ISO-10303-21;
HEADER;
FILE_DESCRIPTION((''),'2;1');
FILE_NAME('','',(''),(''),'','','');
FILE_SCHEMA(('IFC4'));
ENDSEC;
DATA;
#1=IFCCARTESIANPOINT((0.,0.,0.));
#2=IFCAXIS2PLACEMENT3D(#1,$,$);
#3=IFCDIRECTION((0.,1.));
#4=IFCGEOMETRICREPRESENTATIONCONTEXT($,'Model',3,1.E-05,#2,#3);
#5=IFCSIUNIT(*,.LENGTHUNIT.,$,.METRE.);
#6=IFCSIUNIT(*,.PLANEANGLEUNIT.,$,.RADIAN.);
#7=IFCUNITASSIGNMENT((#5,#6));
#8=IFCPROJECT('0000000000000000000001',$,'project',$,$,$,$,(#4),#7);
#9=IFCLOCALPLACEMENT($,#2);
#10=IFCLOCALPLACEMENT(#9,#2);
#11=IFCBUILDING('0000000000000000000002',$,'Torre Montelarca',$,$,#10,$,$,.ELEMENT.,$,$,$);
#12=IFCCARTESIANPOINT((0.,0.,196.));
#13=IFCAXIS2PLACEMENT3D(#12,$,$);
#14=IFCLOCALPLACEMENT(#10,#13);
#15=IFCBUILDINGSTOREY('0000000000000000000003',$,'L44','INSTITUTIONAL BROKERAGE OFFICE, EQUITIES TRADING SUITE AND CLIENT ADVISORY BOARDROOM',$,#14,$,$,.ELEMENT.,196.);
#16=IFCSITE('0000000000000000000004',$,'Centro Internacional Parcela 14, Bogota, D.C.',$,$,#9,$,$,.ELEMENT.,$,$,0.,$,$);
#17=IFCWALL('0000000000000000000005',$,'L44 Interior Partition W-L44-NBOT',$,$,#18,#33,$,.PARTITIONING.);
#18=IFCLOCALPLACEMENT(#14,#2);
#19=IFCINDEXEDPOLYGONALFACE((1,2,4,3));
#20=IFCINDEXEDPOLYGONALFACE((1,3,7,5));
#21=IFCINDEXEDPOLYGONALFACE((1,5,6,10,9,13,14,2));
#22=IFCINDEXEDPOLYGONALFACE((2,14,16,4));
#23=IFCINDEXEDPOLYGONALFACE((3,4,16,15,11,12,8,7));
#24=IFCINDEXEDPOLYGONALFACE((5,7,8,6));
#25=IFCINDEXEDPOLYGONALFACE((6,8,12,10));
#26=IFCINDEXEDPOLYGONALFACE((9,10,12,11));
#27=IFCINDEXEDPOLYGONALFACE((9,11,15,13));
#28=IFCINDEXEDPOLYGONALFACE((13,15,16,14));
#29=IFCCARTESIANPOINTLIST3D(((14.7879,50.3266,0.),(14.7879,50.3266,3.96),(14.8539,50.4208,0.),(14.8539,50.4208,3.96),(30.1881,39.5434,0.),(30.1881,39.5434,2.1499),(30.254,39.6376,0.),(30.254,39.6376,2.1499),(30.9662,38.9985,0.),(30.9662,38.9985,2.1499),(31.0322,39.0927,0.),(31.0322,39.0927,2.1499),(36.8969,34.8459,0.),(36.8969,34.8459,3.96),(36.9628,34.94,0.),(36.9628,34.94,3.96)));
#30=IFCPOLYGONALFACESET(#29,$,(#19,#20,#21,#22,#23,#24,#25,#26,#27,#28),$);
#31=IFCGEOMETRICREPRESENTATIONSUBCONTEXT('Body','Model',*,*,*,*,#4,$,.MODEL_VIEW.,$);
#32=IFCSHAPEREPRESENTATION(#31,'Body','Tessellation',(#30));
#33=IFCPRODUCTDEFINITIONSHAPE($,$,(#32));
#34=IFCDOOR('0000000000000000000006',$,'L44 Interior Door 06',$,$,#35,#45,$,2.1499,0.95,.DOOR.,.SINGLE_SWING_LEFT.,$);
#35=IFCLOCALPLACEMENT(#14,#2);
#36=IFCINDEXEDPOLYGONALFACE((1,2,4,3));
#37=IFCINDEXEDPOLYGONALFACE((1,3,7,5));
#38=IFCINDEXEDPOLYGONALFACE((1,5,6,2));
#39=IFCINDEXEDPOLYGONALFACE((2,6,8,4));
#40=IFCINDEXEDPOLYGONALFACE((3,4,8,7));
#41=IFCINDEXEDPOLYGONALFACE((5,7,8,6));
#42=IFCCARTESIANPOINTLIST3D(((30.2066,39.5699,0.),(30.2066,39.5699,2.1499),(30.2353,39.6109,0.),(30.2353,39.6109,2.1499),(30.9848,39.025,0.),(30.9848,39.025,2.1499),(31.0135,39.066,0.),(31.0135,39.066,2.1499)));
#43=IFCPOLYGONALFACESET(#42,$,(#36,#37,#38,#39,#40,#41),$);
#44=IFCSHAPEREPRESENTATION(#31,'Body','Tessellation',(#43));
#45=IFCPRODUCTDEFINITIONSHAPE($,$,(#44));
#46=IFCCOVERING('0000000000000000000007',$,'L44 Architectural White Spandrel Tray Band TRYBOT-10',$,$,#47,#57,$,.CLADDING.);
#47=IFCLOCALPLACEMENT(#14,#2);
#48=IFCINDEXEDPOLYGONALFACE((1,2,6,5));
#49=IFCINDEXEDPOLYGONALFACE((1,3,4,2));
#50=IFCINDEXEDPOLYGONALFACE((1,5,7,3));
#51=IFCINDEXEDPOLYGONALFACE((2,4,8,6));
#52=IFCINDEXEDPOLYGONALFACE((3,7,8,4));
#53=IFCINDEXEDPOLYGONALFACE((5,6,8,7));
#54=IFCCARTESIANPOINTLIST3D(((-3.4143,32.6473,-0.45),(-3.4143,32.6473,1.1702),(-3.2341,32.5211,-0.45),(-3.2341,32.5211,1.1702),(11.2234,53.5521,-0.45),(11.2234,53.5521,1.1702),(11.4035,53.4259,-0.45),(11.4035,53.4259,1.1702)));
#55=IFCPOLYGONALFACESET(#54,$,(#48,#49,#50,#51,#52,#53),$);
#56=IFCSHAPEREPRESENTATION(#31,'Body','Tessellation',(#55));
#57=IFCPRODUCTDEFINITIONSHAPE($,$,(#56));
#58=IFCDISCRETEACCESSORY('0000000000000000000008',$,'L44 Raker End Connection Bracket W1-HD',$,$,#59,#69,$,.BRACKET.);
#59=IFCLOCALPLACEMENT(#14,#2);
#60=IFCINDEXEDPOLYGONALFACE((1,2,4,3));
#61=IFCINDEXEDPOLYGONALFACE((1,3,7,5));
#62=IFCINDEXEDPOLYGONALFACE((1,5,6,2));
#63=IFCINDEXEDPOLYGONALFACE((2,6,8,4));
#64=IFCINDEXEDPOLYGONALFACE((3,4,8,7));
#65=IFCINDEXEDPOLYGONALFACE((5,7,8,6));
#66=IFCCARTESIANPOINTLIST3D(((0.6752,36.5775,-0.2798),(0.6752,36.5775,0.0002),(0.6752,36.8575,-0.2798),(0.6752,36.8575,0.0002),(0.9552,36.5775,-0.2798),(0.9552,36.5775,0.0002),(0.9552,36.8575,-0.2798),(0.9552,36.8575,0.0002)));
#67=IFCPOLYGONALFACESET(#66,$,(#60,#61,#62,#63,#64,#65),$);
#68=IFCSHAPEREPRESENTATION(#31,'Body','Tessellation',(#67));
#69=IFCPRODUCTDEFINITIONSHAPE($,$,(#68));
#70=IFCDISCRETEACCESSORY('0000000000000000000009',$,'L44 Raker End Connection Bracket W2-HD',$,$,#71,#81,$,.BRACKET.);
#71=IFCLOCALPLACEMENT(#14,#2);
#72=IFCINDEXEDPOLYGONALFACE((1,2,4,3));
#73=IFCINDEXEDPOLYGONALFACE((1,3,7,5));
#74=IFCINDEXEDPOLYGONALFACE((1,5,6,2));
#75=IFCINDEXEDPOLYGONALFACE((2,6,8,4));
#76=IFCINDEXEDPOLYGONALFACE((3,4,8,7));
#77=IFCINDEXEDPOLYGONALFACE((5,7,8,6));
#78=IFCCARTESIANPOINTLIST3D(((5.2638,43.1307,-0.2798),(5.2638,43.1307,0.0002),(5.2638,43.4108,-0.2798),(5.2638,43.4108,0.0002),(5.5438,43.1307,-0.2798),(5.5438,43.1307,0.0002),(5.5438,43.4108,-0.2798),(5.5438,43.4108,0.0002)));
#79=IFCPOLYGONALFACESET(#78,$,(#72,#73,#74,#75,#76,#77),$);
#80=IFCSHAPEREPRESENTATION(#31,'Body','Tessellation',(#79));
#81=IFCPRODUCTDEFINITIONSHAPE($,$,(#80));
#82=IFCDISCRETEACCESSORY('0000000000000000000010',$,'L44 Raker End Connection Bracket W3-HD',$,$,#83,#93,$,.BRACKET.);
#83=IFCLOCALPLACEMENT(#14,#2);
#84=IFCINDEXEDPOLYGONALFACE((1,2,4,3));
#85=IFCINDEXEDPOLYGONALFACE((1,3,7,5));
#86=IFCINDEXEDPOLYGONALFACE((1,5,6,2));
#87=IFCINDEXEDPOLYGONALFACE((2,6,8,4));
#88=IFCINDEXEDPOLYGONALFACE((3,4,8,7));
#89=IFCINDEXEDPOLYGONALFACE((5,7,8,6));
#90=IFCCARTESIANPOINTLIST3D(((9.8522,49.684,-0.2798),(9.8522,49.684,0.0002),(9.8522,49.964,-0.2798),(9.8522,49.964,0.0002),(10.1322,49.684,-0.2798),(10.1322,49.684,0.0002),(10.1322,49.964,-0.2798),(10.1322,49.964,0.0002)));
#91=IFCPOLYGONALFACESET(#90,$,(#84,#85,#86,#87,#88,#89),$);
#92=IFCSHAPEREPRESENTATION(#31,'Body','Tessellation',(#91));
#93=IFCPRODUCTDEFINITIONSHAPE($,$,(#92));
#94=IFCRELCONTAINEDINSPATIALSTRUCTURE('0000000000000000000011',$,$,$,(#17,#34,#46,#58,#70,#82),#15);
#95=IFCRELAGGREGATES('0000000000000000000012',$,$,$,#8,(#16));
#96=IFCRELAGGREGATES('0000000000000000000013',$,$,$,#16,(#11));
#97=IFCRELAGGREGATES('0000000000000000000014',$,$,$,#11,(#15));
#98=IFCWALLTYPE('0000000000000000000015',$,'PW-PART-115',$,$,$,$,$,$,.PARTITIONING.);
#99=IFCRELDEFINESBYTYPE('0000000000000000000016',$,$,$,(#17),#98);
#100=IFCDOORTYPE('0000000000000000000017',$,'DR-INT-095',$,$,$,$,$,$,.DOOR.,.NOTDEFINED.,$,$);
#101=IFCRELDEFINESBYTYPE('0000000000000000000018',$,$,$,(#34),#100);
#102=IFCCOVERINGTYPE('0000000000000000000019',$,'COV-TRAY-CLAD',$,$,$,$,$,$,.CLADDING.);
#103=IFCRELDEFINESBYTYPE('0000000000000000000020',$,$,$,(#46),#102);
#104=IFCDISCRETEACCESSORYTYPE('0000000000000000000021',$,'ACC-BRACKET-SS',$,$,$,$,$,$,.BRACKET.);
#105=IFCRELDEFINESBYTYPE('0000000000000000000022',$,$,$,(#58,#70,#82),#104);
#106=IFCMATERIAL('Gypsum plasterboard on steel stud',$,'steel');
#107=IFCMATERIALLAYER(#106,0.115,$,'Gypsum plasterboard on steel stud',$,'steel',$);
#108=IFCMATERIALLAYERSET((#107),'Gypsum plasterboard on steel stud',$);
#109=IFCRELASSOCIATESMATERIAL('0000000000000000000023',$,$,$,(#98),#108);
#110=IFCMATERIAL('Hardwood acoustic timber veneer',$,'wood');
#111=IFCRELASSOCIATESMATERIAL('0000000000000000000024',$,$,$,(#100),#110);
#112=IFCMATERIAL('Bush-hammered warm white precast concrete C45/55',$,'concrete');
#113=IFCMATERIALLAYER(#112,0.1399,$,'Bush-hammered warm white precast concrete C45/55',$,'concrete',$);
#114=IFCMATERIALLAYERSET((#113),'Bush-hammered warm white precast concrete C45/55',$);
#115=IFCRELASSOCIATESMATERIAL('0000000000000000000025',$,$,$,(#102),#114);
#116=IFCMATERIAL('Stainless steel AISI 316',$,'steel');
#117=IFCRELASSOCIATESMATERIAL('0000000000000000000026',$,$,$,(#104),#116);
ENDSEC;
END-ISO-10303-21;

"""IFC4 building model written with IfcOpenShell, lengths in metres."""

from ifc_helpers import new_model, si_unit, direction, frame, frame_2d, origin, origin_2d, place, context, subcontext, project, spatial, rectangle, extrude, source, transform, mapped, material, layer, layer_set, type_object, element, fill, save


model = new_model("IFC4")

# Units and contexts
model_context = context("Model", 3, precision=1e-05, world=origin(), true_north=direction((0.0, 1.0)))
body_context = subcontext(model_context, "Body", "Model", "MODEL_VIEW")
ifc_project = project(units=[si_unit("LENGTHUNIT", "METRE"), si_unit("PLANEANGLEUNIT", "RADIAN")], contexts=[model_context])

# Site, building, storey
site_placement = place(None, origin())
site = spatial("IfcSite", under=ifc_project, at=site_placement, Name="Centro Internacional Parcela 14, Bogota, D.C.", CompositionType="ELEMENT", RefElevation=0.0)
building_placement = place(site_placement, origin())
building = spatial("IfcBuilding", under=site, at=building_placement, Name="Torre Montelarca", CompositionType="ELEMENT")
storey_placement = place(building_placement, frame((0.0, 0.0, 196.0)))
storey = spatial("IfcBuildingStorey", under=building, at=storey_placement, Name="L44", Description="INSTITUTIONAL BROKERAGE OFFICE, EQUITIES TRADING SUITE AND CLIENT ADVISORY BOARDROOM", CompositionType="ELEMENT", Elevation=196.0)

# Wall, opening, door
ifc_material_1 = material(Name="Gypsum plasterboard on steel stud", Category="steel")
ifc_layer_1 = layer(ifc_material_1, 0.115, Name="Gypsum plasterboard on steel stud", Category="steel")
ifc_layer_set_1 = layer_set([ifc_layer_1], Name="Gypsum plasterboard on steel stud")
wall_type_1 = type_object("IfcWallType", Name="PW-PART-115", PredefinedType="PARTITIONING", material=ifc_layer_set_1)
wall_1_placement = place(storey_placement, frame((14.8208, 50.3738, 0.0), z_axis=(0.0, 0.0, 1.0), x_axis=(0.819154, -0.573574, 0.0)))
wall_1 = element("IfcWall", 1, at=wall_1_placement, inside=storey, type_object=wall_type_1, Name="L44 Interior Partition W-L44-NBOT", PredefinedType="PARTITIONING", context=body_context, shape_type="SweptSolid", body=[
    extrude(rectangle(XDim=26.99, YDim=0.115, at=frame_2d((13.4951, 0.0))), origin(), (0.0, 0.0, 1.0), 3.96),
])
opening_1_placement = place(wall_1_placement, frame((18.8, 0.0, 0.0)))
opening_1 = element("IfcOpeningElement", 2, at=opening_1_placement, cuts=wall_1, PredefinedType="OPENING", context=body_context, shape_type="SweptSolid", body=[
    extrude(rectangle(XDim=0.95, YDim=2.1499, at=frame_2d((0.4751, 1.075))), frame((0.0, 0.0674, 0.0), z_axis=(0.0, -1.0, 0.0), x_axis=(1.0, 0.0, 0.0)), (0.0, 0.0, 1.0), 0.135),
])
ifc_material_2 = material(Name="Hardwood acoustic timber veneer", Category="wood")
door_type_1 = type_object("IfcDoorType", Name="DR-INT-095", OperationType="NOTDEFINED", PredefinedType="DOOR", material=ifc_material_2)
shared_shape_1 = source(origin(), body_context, "Body", "SweptSolid", [
    extrude(rectangle(XDim=0.95, YDim=2.1499, at=frame_2d((0.4751, 1.075))), frame((0.0, 0.0249, 0.0), z_axis=(0.0, -1.0, 0.0), x_axis=(1.0, 0.0, 0.0)), (0.0, 0.0, 1.0), 0.05),
])
door_1_placement = place(opening_1_placement, origin())
door_1 = element("IfcDoor", 3, at=door_1_placement, inside=storey, type_object=door_type_1, Name="L44 Interior Door 06", OperationType="SINGLE_SWING_LEFT", OverallHeight=2.1499, OverallWidth=0.95, PredefinedType="DOOR", context=body_context, shape_type="MappedRepresentation", body=[
    mapped(shared_shape_1, transform((0.0, 0.0, 0.0), scale=1.0)),
])
fill(opening_1, door_1)

# Covering
ifc_material_3 = material(Name="Bush-hammered warm white precast concrete C45/55", Category="concrete")
ifc_layer_2 = layer(ifc_material_3, 0.1399, Name="Bush-hammered warm white precast concrete C45/55", Category="concrete")
ifc_layer_set_2 = layer_set([ifc_layer_2], Name="Bush-hammered warm white precast concrete C45/55")
covering_type = type_object("IfcCoveringType", Name="COV-TRAY-CLAD", PredefinedType="CLADDING", material=ifc_layer_set_2)
shared_shape_2 = source(origin(), body_context, "Body", "SweptSolid", [
    extrude(rectangle(XDim=25.52, YDim=0.22, at=origin_2d()), origin(), (0.0, 0.0, 1.0), 1.6201),
])
covering_placement = place(storey_placement, frame((3.9946, 43.0366, -0.45), z_axis=(0.0, 0.0, 1.0), x_axis=(-0.573575, -0.819153, 0.0)))
element("IfcCovering", 4, at=covering_placement, inside=storey, type_object=covering_type, Name="L44 Architectural White Spandrel Tray Band TRYBOT-10", PredefinedType="CLADDING", context=body_context, shape_type="MappedRepresentation", body=[
    mapped(shared_shape_2, transform((0.0, 0.0, 0.0), scale=1.0)),
])

# Discrete accessories
ifc_material_4 = material(Name="Stainless steel AISI 316", Category="steel")
discrete_accessory_type = type_object("IfcDiscreteAccessoryType", Name="ACC-BRACKET-SS", PredefinedType="BRACKET", material=ifc_material_4)
shared_shape_3 = source(origin(), body_context, "Body", "SweptSolid", [
    extrude(rectangle(XDim=0.28, YDim=0.28, at=origin_2d()), origin(), (0.0, 0.0, 1.0), 0.28),
])
for number, where, z_axis, x_axis, name in (
    (5, (0.8152, 36.7175, -0.2798), (0.0, 0.0, 1.0), (1.0, 0.0, 0.0), "L44 Raker End Connection Bracket W1-HD"),
    (6, (5.4038, 43.2708, -0.2798), (0.0, 0.0, 1.0), (1.0, 0.0, 0.0), "L44 Raker End Connection Bracket W2-HD"),
    (7, (9.9922, 49.824, -0.2798), (0.0, 0.0, 1.0), (1.0, 0.0, 0.0), "L44 Raker End Connection Bracket W3-HD"),
):
    element("IfcDiscreteAccessory", number, at=place(storey_placement, frame(where, z_axis=z_axis, x_axis=x_axis)), inside=storey, type_object=discrete_accessory_type, Name=name, PredefinedType="BRACKET", context=body_context, shape_type="MappedRepresentation", body=[
        mapped(shared_shape_3, transform((0.0, 0.0, 0.0), scale=1.0)),
    ])

save(model, "model.ifc")
